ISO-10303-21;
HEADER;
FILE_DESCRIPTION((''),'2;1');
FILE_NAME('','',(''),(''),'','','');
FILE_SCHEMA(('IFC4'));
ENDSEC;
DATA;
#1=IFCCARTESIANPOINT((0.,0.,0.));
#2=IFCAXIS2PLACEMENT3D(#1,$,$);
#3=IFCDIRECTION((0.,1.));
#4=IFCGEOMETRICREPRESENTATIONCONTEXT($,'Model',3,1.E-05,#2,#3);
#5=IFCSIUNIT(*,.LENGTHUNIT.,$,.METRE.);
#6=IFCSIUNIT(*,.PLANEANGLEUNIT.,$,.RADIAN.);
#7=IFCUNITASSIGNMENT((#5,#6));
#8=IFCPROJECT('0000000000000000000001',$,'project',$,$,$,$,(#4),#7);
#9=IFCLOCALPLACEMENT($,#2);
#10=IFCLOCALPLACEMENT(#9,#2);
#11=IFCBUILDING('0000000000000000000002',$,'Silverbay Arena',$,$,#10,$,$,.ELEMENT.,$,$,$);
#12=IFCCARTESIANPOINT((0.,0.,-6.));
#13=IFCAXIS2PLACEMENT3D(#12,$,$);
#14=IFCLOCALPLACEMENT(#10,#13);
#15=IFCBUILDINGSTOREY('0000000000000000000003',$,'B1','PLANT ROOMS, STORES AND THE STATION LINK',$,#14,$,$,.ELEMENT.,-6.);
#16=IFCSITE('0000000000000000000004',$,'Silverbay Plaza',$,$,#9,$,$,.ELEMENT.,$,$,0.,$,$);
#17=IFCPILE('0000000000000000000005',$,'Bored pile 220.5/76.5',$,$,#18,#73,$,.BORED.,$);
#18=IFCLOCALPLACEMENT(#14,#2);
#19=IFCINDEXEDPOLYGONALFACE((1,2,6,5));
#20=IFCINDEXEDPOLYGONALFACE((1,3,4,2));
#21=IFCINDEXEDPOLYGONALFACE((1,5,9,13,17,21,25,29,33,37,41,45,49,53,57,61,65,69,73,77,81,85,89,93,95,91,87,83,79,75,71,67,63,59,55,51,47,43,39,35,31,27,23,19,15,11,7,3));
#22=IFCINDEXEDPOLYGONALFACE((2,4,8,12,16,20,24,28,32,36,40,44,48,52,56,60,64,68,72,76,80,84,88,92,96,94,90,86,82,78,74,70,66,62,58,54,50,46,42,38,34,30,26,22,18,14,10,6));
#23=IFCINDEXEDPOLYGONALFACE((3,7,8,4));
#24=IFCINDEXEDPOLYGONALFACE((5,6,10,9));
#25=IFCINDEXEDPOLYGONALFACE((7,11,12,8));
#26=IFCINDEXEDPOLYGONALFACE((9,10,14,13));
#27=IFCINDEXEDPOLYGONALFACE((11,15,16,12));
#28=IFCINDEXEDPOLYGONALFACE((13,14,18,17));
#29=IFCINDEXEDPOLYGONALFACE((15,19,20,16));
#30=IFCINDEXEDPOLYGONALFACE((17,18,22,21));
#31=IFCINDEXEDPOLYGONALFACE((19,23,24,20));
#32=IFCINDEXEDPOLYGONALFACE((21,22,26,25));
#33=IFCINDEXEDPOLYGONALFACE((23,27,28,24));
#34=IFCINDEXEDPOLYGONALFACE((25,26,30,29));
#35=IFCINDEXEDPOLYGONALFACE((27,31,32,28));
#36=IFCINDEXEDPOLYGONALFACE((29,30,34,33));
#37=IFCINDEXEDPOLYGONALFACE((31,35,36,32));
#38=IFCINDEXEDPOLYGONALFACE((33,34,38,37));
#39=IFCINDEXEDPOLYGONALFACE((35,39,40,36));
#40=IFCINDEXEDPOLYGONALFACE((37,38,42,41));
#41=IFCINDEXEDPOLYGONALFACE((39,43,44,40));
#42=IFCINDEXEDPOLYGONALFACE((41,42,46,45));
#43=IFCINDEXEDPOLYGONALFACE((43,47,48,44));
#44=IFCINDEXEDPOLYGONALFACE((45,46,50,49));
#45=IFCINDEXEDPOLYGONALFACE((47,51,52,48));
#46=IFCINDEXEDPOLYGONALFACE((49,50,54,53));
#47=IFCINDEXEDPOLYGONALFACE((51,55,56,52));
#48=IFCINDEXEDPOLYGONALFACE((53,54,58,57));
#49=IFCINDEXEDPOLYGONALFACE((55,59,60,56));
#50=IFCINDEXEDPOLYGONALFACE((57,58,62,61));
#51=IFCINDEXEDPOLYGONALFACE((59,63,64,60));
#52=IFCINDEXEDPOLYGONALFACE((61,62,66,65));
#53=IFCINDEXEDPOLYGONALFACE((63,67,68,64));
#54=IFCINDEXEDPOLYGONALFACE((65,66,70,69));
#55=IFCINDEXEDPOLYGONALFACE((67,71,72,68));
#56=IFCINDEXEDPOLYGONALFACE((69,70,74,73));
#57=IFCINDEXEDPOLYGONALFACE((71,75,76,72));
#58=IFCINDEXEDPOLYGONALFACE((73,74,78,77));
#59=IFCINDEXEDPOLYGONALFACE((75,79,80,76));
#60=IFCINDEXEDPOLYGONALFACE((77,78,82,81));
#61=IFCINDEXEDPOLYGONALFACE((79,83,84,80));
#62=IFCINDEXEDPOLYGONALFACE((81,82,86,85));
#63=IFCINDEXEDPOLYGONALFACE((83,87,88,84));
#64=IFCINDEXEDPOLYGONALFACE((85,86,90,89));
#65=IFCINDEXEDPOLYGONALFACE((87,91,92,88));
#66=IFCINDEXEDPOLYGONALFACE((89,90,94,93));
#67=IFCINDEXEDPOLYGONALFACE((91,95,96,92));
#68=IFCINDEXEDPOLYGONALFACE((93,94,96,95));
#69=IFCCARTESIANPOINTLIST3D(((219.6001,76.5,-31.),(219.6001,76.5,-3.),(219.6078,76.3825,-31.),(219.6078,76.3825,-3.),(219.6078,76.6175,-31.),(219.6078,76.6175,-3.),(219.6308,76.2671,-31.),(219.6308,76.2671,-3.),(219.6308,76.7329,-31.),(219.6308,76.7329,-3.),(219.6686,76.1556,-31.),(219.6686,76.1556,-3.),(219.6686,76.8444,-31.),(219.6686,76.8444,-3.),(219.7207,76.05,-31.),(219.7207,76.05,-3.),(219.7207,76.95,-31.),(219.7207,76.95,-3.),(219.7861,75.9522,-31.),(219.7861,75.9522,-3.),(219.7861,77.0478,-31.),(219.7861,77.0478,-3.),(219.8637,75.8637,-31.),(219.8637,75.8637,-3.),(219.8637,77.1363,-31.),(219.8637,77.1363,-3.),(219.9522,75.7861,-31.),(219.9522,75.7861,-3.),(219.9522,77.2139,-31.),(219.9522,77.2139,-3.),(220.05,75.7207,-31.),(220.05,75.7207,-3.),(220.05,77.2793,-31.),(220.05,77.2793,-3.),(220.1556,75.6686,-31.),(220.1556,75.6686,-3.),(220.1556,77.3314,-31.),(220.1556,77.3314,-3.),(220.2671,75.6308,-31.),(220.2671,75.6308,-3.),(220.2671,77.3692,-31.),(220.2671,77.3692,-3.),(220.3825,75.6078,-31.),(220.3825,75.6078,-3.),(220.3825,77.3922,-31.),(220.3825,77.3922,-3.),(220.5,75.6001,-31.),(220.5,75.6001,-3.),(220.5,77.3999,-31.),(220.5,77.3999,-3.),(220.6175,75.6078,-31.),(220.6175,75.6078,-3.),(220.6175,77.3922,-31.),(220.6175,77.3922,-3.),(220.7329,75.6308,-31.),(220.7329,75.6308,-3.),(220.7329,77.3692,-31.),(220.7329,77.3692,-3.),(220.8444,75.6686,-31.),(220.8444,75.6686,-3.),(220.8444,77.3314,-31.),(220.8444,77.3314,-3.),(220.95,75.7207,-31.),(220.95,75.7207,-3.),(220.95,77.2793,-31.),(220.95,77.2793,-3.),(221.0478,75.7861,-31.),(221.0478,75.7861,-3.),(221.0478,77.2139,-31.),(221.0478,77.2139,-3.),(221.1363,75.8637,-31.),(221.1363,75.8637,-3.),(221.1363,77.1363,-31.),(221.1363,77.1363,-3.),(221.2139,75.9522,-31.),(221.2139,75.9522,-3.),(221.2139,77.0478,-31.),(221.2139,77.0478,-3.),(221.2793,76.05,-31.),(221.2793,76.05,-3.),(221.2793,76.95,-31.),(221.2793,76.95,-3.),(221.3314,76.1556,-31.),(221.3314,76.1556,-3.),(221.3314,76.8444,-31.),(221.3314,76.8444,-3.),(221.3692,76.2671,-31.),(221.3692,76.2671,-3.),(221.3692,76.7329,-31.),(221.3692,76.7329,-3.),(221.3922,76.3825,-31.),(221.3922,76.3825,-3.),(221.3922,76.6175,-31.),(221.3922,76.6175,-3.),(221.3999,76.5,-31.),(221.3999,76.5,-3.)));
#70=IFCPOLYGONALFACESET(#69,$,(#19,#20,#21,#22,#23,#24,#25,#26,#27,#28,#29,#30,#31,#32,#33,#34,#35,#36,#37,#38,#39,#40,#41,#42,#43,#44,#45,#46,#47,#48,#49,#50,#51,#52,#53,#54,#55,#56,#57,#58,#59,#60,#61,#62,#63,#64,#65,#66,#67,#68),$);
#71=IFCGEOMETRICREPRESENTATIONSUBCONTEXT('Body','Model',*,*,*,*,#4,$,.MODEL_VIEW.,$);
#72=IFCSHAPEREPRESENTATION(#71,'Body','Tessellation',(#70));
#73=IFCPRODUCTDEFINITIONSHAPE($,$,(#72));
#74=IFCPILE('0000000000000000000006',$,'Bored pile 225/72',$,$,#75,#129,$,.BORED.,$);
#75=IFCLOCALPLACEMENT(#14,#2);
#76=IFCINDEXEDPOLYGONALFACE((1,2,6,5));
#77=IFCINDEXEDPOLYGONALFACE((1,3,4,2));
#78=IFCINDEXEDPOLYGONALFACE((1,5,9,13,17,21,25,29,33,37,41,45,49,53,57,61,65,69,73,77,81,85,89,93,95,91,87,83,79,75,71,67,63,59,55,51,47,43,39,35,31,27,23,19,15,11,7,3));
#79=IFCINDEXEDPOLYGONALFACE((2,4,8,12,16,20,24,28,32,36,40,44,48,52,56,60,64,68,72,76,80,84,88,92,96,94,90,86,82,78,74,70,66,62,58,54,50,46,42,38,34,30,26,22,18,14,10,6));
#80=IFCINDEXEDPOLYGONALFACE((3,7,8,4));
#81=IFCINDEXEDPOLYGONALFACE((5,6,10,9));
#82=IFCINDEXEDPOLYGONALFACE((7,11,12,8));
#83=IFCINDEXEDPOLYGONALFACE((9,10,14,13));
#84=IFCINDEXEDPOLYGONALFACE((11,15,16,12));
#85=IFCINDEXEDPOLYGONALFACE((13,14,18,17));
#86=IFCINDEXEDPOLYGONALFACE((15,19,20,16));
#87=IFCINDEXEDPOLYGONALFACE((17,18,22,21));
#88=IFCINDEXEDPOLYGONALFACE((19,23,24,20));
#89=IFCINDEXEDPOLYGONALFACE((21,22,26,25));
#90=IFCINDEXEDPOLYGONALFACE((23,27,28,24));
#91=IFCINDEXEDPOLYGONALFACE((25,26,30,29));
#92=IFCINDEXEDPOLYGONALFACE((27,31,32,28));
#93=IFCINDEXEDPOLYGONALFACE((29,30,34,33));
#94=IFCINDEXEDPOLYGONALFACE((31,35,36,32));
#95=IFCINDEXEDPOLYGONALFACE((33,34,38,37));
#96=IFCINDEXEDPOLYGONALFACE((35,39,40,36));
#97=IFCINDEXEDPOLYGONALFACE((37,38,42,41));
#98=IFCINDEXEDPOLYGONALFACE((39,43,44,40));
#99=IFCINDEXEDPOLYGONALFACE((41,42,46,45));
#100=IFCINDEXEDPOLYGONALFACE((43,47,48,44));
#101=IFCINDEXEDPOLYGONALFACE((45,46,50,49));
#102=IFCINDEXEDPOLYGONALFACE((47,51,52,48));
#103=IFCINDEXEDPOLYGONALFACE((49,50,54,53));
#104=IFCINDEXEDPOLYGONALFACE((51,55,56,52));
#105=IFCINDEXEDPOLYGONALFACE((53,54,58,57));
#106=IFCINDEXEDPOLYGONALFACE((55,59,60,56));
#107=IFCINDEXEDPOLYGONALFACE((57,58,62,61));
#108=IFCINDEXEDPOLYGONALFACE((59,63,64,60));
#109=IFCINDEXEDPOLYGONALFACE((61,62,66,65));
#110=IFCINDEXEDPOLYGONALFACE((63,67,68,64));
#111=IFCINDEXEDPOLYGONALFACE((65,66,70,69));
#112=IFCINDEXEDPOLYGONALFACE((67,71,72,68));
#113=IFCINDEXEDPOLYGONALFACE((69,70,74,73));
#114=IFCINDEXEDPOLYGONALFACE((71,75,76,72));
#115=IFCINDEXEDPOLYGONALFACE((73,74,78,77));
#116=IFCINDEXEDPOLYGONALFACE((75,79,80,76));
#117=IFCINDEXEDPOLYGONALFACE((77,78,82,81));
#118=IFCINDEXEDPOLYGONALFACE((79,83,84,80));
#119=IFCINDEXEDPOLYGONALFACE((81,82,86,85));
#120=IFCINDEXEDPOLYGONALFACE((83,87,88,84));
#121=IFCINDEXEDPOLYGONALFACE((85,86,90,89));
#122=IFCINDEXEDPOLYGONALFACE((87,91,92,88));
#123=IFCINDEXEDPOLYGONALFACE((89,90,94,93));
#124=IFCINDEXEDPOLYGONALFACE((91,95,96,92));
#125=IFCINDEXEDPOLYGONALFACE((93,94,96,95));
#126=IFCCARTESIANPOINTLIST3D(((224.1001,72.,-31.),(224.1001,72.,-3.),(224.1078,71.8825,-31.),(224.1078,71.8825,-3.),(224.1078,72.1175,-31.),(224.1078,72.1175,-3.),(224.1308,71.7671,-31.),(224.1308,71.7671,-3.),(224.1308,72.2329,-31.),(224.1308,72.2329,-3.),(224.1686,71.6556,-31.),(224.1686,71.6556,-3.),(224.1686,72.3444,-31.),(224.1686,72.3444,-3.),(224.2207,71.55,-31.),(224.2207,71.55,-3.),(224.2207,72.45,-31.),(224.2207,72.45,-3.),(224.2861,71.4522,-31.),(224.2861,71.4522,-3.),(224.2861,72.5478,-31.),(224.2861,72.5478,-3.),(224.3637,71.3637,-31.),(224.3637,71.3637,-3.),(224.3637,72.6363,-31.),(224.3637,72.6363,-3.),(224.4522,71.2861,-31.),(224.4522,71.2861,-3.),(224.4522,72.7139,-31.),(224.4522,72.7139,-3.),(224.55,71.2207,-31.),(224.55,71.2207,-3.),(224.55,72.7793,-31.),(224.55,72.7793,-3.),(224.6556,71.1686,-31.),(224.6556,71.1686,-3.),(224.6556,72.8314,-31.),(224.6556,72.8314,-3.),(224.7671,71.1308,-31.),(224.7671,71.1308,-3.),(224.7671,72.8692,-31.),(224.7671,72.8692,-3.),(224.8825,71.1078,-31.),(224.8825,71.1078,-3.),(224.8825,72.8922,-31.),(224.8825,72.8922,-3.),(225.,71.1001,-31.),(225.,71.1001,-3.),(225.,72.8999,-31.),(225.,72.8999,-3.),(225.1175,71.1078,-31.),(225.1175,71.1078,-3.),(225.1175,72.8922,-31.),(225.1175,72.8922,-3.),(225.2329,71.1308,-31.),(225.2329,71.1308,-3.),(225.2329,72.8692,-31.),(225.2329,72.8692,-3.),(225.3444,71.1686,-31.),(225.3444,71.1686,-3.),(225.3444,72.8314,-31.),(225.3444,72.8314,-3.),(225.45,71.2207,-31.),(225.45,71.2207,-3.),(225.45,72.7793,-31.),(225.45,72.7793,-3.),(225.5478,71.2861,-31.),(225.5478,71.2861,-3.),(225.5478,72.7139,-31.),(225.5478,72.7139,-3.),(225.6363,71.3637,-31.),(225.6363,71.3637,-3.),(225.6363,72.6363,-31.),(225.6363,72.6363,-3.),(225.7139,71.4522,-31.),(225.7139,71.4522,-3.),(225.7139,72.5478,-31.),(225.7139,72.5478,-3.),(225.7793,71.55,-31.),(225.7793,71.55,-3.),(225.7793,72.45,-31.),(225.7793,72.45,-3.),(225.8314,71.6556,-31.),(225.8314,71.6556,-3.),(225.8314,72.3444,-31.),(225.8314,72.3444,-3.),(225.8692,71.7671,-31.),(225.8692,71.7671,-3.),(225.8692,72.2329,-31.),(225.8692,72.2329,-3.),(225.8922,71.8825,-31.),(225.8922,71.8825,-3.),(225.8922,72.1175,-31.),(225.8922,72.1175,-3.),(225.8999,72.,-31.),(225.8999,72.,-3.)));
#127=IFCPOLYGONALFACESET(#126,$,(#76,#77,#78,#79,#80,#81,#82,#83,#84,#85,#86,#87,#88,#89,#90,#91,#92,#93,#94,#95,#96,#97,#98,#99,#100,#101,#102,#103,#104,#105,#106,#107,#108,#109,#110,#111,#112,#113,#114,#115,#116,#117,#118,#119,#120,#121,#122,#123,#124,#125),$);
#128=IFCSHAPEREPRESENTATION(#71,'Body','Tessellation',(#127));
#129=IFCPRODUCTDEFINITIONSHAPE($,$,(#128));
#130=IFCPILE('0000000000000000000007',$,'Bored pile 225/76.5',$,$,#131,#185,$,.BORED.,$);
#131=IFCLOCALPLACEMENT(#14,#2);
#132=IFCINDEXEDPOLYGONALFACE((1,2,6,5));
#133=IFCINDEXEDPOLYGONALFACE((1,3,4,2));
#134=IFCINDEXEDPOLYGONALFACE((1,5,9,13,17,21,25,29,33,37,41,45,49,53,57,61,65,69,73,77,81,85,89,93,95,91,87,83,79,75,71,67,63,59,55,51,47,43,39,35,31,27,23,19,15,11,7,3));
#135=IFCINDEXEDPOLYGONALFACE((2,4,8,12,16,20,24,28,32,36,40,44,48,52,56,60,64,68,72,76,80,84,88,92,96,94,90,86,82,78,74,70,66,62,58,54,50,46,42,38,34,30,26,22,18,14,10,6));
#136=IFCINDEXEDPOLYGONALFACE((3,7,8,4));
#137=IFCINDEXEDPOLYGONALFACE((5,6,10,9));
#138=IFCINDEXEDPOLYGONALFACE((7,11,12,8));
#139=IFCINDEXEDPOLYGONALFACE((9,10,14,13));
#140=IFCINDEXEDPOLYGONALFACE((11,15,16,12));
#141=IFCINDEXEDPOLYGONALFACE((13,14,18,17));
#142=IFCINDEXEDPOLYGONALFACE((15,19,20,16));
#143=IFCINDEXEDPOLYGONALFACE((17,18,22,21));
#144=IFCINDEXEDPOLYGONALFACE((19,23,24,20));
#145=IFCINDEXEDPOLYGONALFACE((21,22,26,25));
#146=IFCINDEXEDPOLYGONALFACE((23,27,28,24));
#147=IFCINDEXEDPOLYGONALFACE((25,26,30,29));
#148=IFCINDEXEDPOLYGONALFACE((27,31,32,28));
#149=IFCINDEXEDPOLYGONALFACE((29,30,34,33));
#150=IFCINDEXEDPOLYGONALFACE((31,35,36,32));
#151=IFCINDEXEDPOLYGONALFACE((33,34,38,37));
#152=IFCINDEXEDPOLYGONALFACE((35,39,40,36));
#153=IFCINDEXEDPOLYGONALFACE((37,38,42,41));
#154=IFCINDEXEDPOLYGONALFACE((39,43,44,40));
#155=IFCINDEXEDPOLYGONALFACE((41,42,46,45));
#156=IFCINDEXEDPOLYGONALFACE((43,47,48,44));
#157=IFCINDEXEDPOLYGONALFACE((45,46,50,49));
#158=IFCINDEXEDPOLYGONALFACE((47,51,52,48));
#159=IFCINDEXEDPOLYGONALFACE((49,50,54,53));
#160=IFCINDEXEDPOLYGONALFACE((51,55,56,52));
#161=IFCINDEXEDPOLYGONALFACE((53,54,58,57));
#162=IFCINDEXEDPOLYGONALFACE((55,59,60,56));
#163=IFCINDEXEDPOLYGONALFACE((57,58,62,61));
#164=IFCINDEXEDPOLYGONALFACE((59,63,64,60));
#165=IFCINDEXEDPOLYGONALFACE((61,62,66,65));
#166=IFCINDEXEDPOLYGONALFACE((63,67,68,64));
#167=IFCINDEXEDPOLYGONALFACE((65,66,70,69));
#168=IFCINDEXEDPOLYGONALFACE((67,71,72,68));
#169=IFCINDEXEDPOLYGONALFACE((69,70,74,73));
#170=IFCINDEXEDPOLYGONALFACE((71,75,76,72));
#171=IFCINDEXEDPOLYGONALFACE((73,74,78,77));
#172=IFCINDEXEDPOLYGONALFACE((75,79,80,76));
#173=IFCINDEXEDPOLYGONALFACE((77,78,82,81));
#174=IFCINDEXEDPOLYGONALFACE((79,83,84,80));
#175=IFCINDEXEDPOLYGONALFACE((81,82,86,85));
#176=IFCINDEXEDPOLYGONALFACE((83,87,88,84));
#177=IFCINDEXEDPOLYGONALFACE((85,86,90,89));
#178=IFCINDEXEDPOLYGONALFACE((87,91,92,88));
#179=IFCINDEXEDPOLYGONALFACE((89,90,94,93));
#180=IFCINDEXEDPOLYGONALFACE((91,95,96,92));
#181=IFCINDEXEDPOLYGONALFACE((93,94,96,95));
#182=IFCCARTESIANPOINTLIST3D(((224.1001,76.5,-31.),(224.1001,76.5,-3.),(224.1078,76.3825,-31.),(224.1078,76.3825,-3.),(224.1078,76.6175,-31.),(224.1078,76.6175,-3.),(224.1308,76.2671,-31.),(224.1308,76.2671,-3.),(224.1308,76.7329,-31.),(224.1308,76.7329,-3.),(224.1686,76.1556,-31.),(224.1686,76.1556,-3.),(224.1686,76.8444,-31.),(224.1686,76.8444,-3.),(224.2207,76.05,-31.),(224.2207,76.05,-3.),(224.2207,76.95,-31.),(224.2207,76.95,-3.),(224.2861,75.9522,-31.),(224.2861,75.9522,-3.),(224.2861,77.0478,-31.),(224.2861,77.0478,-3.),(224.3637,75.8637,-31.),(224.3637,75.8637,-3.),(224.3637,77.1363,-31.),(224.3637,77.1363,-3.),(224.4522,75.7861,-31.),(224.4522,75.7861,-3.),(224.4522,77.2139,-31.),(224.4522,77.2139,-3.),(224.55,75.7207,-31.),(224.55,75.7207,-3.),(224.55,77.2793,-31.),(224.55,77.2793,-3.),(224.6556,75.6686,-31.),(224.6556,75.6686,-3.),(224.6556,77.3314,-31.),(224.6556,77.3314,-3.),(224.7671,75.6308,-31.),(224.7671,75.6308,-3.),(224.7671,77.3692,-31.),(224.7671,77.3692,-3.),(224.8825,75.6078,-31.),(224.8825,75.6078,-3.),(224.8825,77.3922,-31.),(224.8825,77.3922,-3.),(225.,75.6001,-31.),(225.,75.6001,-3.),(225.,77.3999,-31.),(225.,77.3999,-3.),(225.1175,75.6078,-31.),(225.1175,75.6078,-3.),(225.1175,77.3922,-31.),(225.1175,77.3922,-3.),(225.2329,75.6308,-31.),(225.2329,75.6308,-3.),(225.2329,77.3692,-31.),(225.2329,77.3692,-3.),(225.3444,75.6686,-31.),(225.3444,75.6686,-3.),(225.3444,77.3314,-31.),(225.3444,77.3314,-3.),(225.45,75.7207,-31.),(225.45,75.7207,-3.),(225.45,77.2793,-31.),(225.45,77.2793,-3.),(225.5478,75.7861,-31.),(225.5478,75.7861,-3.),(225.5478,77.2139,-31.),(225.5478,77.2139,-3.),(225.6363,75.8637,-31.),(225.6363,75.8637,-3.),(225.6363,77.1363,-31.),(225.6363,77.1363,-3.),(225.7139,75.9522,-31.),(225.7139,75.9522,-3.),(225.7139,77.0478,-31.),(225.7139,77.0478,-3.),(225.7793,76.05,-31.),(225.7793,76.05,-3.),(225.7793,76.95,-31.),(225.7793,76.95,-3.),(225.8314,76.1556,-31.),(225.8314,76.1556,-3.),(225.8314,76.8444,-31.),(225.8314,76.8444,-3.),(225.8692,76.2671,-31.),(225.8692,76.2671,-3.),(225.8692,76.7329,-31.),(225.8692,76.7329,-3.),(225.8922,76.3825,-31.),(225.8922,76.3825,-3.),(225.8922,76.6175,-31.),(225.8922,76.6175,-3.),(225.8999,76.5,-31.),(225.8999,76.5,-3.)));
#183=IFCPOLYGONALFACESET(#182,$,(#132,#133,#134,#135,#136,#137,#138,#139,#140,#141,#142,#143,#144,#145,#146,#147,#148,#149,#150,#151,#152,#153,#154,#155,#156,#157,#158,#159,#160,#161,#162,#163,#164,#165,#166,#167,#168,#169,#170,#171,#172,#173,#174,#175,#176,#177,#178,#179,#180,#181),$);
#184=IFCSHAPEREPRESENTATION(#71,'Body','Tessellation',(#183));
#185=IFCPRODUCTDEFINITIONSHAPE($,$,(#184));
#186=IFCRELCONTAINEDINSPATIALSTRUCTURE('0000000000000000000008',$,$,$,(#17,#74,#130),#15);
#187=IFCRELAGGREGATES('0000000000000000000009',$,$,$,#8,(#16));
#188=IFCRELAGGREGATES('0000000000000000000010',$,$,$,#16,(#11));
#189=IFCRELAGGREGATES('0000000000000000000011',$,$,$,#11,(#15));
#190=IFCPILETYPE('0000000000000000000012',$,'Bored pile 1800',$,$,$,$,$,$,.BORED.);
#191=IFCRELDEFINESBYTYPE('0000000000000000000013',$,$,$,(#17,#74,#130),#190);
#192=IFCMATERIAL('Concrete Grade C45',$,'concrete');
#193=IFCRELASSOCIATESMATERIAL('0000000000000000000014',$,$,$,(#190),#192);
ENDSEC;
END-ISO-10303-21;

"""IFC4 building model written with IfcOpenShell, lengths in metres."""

from ifc_helpers import new_model, si_unit, direction, frame, origin, origin_2d, place, context, subcontext, project, spatial, circle, extrude, material, material_profile, profile_set, type_object, element, save


model = new_model("IFC4")

# Units and contexts
model_context = context("Model", 3, precision=1e-05, world=origin(), true_north=direction((0.0, 1.0)))
body_context = subcontext(model_context, "Body", "Model", "MODEL_VIEW")
ifc_project = project(units=[si_unit("LENGTHUNIT", "METRE"), si_unit("PLANEANGLEUNIT", "RADIAN")], contexts=[model_context])

# Site, building, storey
site_placement = place(None, origin())
site = spatial("IfcSite", under=ifc_project, at=site_placement, Name="Silverbay Plaza", CompositionType="ELEMENT", RefElevation=0.0)
building_placement = place(site_placement, origin())
building = spatial("IfcBuilding", under=site, at=building_placement, Name="Silverbay Arena", CompositionType="ELEMENT")
storey_placement = place(building_placement, frame((0.0, 0.0, -6.0)))
storey = spatial("IfcBuildingStorey", under=building, at=storey_placement, Name="B1", Description="PLANT ROOMS, STORES AND THE STATION LINK", CompositionType="ELEMENT", Elevation=-6.0)

# Piles
ifc_material_1 = material(Name="Concrete Grade C45", Category="concrete")
ifc_material_profile_1 = material_profile(ifc_material_1, circle(Radius=0.8999, at=origin_2d()), Name="Bored pile 1800")
ifc_profile_set_1 = profile_set([ifc_material_profile_1], Name="Concrete Grade C45")
pile_type_1 = type_object("IfcPileType", Name="Bored pile 1800", PredefinedType="BORED", material=ifc_profile_set_1)
for number, where, z_axis, x_axis, name in (
    (1, (220.5, 76.5, -3.0), (0.0, 0.0, -1.0), (1.0, 0.0, 0.0), "Bored pile 220.5/76.5"),
    (2, (225.0, 72.0, -3.0), (0.0, 0.0, -1.0), (1.0, 0.0, 0.0), "Bored pile 225/72"),
    (3, (225.0, 76.5, -3.0), (0.0, 0.0, -1.0), (1.0, 0.0, 0.0), "Bored pile 225/76.5"),
):
    element("IfcPile", number, at=place(storey_placement, frame(where, z_axis=z_axis, x_axis=x_axis)), inside=storey, type_object=pile_type_1, Name=name, PredefinedType="BORED", context=body_context, shape_type="SweptSolid", body=[
        extrude(circle(Radius=0.8999, at=origin_2d()), origin(), (0.0, 0.0, 1.0), 28.0),
    ])

save(model, "model.ifc")
